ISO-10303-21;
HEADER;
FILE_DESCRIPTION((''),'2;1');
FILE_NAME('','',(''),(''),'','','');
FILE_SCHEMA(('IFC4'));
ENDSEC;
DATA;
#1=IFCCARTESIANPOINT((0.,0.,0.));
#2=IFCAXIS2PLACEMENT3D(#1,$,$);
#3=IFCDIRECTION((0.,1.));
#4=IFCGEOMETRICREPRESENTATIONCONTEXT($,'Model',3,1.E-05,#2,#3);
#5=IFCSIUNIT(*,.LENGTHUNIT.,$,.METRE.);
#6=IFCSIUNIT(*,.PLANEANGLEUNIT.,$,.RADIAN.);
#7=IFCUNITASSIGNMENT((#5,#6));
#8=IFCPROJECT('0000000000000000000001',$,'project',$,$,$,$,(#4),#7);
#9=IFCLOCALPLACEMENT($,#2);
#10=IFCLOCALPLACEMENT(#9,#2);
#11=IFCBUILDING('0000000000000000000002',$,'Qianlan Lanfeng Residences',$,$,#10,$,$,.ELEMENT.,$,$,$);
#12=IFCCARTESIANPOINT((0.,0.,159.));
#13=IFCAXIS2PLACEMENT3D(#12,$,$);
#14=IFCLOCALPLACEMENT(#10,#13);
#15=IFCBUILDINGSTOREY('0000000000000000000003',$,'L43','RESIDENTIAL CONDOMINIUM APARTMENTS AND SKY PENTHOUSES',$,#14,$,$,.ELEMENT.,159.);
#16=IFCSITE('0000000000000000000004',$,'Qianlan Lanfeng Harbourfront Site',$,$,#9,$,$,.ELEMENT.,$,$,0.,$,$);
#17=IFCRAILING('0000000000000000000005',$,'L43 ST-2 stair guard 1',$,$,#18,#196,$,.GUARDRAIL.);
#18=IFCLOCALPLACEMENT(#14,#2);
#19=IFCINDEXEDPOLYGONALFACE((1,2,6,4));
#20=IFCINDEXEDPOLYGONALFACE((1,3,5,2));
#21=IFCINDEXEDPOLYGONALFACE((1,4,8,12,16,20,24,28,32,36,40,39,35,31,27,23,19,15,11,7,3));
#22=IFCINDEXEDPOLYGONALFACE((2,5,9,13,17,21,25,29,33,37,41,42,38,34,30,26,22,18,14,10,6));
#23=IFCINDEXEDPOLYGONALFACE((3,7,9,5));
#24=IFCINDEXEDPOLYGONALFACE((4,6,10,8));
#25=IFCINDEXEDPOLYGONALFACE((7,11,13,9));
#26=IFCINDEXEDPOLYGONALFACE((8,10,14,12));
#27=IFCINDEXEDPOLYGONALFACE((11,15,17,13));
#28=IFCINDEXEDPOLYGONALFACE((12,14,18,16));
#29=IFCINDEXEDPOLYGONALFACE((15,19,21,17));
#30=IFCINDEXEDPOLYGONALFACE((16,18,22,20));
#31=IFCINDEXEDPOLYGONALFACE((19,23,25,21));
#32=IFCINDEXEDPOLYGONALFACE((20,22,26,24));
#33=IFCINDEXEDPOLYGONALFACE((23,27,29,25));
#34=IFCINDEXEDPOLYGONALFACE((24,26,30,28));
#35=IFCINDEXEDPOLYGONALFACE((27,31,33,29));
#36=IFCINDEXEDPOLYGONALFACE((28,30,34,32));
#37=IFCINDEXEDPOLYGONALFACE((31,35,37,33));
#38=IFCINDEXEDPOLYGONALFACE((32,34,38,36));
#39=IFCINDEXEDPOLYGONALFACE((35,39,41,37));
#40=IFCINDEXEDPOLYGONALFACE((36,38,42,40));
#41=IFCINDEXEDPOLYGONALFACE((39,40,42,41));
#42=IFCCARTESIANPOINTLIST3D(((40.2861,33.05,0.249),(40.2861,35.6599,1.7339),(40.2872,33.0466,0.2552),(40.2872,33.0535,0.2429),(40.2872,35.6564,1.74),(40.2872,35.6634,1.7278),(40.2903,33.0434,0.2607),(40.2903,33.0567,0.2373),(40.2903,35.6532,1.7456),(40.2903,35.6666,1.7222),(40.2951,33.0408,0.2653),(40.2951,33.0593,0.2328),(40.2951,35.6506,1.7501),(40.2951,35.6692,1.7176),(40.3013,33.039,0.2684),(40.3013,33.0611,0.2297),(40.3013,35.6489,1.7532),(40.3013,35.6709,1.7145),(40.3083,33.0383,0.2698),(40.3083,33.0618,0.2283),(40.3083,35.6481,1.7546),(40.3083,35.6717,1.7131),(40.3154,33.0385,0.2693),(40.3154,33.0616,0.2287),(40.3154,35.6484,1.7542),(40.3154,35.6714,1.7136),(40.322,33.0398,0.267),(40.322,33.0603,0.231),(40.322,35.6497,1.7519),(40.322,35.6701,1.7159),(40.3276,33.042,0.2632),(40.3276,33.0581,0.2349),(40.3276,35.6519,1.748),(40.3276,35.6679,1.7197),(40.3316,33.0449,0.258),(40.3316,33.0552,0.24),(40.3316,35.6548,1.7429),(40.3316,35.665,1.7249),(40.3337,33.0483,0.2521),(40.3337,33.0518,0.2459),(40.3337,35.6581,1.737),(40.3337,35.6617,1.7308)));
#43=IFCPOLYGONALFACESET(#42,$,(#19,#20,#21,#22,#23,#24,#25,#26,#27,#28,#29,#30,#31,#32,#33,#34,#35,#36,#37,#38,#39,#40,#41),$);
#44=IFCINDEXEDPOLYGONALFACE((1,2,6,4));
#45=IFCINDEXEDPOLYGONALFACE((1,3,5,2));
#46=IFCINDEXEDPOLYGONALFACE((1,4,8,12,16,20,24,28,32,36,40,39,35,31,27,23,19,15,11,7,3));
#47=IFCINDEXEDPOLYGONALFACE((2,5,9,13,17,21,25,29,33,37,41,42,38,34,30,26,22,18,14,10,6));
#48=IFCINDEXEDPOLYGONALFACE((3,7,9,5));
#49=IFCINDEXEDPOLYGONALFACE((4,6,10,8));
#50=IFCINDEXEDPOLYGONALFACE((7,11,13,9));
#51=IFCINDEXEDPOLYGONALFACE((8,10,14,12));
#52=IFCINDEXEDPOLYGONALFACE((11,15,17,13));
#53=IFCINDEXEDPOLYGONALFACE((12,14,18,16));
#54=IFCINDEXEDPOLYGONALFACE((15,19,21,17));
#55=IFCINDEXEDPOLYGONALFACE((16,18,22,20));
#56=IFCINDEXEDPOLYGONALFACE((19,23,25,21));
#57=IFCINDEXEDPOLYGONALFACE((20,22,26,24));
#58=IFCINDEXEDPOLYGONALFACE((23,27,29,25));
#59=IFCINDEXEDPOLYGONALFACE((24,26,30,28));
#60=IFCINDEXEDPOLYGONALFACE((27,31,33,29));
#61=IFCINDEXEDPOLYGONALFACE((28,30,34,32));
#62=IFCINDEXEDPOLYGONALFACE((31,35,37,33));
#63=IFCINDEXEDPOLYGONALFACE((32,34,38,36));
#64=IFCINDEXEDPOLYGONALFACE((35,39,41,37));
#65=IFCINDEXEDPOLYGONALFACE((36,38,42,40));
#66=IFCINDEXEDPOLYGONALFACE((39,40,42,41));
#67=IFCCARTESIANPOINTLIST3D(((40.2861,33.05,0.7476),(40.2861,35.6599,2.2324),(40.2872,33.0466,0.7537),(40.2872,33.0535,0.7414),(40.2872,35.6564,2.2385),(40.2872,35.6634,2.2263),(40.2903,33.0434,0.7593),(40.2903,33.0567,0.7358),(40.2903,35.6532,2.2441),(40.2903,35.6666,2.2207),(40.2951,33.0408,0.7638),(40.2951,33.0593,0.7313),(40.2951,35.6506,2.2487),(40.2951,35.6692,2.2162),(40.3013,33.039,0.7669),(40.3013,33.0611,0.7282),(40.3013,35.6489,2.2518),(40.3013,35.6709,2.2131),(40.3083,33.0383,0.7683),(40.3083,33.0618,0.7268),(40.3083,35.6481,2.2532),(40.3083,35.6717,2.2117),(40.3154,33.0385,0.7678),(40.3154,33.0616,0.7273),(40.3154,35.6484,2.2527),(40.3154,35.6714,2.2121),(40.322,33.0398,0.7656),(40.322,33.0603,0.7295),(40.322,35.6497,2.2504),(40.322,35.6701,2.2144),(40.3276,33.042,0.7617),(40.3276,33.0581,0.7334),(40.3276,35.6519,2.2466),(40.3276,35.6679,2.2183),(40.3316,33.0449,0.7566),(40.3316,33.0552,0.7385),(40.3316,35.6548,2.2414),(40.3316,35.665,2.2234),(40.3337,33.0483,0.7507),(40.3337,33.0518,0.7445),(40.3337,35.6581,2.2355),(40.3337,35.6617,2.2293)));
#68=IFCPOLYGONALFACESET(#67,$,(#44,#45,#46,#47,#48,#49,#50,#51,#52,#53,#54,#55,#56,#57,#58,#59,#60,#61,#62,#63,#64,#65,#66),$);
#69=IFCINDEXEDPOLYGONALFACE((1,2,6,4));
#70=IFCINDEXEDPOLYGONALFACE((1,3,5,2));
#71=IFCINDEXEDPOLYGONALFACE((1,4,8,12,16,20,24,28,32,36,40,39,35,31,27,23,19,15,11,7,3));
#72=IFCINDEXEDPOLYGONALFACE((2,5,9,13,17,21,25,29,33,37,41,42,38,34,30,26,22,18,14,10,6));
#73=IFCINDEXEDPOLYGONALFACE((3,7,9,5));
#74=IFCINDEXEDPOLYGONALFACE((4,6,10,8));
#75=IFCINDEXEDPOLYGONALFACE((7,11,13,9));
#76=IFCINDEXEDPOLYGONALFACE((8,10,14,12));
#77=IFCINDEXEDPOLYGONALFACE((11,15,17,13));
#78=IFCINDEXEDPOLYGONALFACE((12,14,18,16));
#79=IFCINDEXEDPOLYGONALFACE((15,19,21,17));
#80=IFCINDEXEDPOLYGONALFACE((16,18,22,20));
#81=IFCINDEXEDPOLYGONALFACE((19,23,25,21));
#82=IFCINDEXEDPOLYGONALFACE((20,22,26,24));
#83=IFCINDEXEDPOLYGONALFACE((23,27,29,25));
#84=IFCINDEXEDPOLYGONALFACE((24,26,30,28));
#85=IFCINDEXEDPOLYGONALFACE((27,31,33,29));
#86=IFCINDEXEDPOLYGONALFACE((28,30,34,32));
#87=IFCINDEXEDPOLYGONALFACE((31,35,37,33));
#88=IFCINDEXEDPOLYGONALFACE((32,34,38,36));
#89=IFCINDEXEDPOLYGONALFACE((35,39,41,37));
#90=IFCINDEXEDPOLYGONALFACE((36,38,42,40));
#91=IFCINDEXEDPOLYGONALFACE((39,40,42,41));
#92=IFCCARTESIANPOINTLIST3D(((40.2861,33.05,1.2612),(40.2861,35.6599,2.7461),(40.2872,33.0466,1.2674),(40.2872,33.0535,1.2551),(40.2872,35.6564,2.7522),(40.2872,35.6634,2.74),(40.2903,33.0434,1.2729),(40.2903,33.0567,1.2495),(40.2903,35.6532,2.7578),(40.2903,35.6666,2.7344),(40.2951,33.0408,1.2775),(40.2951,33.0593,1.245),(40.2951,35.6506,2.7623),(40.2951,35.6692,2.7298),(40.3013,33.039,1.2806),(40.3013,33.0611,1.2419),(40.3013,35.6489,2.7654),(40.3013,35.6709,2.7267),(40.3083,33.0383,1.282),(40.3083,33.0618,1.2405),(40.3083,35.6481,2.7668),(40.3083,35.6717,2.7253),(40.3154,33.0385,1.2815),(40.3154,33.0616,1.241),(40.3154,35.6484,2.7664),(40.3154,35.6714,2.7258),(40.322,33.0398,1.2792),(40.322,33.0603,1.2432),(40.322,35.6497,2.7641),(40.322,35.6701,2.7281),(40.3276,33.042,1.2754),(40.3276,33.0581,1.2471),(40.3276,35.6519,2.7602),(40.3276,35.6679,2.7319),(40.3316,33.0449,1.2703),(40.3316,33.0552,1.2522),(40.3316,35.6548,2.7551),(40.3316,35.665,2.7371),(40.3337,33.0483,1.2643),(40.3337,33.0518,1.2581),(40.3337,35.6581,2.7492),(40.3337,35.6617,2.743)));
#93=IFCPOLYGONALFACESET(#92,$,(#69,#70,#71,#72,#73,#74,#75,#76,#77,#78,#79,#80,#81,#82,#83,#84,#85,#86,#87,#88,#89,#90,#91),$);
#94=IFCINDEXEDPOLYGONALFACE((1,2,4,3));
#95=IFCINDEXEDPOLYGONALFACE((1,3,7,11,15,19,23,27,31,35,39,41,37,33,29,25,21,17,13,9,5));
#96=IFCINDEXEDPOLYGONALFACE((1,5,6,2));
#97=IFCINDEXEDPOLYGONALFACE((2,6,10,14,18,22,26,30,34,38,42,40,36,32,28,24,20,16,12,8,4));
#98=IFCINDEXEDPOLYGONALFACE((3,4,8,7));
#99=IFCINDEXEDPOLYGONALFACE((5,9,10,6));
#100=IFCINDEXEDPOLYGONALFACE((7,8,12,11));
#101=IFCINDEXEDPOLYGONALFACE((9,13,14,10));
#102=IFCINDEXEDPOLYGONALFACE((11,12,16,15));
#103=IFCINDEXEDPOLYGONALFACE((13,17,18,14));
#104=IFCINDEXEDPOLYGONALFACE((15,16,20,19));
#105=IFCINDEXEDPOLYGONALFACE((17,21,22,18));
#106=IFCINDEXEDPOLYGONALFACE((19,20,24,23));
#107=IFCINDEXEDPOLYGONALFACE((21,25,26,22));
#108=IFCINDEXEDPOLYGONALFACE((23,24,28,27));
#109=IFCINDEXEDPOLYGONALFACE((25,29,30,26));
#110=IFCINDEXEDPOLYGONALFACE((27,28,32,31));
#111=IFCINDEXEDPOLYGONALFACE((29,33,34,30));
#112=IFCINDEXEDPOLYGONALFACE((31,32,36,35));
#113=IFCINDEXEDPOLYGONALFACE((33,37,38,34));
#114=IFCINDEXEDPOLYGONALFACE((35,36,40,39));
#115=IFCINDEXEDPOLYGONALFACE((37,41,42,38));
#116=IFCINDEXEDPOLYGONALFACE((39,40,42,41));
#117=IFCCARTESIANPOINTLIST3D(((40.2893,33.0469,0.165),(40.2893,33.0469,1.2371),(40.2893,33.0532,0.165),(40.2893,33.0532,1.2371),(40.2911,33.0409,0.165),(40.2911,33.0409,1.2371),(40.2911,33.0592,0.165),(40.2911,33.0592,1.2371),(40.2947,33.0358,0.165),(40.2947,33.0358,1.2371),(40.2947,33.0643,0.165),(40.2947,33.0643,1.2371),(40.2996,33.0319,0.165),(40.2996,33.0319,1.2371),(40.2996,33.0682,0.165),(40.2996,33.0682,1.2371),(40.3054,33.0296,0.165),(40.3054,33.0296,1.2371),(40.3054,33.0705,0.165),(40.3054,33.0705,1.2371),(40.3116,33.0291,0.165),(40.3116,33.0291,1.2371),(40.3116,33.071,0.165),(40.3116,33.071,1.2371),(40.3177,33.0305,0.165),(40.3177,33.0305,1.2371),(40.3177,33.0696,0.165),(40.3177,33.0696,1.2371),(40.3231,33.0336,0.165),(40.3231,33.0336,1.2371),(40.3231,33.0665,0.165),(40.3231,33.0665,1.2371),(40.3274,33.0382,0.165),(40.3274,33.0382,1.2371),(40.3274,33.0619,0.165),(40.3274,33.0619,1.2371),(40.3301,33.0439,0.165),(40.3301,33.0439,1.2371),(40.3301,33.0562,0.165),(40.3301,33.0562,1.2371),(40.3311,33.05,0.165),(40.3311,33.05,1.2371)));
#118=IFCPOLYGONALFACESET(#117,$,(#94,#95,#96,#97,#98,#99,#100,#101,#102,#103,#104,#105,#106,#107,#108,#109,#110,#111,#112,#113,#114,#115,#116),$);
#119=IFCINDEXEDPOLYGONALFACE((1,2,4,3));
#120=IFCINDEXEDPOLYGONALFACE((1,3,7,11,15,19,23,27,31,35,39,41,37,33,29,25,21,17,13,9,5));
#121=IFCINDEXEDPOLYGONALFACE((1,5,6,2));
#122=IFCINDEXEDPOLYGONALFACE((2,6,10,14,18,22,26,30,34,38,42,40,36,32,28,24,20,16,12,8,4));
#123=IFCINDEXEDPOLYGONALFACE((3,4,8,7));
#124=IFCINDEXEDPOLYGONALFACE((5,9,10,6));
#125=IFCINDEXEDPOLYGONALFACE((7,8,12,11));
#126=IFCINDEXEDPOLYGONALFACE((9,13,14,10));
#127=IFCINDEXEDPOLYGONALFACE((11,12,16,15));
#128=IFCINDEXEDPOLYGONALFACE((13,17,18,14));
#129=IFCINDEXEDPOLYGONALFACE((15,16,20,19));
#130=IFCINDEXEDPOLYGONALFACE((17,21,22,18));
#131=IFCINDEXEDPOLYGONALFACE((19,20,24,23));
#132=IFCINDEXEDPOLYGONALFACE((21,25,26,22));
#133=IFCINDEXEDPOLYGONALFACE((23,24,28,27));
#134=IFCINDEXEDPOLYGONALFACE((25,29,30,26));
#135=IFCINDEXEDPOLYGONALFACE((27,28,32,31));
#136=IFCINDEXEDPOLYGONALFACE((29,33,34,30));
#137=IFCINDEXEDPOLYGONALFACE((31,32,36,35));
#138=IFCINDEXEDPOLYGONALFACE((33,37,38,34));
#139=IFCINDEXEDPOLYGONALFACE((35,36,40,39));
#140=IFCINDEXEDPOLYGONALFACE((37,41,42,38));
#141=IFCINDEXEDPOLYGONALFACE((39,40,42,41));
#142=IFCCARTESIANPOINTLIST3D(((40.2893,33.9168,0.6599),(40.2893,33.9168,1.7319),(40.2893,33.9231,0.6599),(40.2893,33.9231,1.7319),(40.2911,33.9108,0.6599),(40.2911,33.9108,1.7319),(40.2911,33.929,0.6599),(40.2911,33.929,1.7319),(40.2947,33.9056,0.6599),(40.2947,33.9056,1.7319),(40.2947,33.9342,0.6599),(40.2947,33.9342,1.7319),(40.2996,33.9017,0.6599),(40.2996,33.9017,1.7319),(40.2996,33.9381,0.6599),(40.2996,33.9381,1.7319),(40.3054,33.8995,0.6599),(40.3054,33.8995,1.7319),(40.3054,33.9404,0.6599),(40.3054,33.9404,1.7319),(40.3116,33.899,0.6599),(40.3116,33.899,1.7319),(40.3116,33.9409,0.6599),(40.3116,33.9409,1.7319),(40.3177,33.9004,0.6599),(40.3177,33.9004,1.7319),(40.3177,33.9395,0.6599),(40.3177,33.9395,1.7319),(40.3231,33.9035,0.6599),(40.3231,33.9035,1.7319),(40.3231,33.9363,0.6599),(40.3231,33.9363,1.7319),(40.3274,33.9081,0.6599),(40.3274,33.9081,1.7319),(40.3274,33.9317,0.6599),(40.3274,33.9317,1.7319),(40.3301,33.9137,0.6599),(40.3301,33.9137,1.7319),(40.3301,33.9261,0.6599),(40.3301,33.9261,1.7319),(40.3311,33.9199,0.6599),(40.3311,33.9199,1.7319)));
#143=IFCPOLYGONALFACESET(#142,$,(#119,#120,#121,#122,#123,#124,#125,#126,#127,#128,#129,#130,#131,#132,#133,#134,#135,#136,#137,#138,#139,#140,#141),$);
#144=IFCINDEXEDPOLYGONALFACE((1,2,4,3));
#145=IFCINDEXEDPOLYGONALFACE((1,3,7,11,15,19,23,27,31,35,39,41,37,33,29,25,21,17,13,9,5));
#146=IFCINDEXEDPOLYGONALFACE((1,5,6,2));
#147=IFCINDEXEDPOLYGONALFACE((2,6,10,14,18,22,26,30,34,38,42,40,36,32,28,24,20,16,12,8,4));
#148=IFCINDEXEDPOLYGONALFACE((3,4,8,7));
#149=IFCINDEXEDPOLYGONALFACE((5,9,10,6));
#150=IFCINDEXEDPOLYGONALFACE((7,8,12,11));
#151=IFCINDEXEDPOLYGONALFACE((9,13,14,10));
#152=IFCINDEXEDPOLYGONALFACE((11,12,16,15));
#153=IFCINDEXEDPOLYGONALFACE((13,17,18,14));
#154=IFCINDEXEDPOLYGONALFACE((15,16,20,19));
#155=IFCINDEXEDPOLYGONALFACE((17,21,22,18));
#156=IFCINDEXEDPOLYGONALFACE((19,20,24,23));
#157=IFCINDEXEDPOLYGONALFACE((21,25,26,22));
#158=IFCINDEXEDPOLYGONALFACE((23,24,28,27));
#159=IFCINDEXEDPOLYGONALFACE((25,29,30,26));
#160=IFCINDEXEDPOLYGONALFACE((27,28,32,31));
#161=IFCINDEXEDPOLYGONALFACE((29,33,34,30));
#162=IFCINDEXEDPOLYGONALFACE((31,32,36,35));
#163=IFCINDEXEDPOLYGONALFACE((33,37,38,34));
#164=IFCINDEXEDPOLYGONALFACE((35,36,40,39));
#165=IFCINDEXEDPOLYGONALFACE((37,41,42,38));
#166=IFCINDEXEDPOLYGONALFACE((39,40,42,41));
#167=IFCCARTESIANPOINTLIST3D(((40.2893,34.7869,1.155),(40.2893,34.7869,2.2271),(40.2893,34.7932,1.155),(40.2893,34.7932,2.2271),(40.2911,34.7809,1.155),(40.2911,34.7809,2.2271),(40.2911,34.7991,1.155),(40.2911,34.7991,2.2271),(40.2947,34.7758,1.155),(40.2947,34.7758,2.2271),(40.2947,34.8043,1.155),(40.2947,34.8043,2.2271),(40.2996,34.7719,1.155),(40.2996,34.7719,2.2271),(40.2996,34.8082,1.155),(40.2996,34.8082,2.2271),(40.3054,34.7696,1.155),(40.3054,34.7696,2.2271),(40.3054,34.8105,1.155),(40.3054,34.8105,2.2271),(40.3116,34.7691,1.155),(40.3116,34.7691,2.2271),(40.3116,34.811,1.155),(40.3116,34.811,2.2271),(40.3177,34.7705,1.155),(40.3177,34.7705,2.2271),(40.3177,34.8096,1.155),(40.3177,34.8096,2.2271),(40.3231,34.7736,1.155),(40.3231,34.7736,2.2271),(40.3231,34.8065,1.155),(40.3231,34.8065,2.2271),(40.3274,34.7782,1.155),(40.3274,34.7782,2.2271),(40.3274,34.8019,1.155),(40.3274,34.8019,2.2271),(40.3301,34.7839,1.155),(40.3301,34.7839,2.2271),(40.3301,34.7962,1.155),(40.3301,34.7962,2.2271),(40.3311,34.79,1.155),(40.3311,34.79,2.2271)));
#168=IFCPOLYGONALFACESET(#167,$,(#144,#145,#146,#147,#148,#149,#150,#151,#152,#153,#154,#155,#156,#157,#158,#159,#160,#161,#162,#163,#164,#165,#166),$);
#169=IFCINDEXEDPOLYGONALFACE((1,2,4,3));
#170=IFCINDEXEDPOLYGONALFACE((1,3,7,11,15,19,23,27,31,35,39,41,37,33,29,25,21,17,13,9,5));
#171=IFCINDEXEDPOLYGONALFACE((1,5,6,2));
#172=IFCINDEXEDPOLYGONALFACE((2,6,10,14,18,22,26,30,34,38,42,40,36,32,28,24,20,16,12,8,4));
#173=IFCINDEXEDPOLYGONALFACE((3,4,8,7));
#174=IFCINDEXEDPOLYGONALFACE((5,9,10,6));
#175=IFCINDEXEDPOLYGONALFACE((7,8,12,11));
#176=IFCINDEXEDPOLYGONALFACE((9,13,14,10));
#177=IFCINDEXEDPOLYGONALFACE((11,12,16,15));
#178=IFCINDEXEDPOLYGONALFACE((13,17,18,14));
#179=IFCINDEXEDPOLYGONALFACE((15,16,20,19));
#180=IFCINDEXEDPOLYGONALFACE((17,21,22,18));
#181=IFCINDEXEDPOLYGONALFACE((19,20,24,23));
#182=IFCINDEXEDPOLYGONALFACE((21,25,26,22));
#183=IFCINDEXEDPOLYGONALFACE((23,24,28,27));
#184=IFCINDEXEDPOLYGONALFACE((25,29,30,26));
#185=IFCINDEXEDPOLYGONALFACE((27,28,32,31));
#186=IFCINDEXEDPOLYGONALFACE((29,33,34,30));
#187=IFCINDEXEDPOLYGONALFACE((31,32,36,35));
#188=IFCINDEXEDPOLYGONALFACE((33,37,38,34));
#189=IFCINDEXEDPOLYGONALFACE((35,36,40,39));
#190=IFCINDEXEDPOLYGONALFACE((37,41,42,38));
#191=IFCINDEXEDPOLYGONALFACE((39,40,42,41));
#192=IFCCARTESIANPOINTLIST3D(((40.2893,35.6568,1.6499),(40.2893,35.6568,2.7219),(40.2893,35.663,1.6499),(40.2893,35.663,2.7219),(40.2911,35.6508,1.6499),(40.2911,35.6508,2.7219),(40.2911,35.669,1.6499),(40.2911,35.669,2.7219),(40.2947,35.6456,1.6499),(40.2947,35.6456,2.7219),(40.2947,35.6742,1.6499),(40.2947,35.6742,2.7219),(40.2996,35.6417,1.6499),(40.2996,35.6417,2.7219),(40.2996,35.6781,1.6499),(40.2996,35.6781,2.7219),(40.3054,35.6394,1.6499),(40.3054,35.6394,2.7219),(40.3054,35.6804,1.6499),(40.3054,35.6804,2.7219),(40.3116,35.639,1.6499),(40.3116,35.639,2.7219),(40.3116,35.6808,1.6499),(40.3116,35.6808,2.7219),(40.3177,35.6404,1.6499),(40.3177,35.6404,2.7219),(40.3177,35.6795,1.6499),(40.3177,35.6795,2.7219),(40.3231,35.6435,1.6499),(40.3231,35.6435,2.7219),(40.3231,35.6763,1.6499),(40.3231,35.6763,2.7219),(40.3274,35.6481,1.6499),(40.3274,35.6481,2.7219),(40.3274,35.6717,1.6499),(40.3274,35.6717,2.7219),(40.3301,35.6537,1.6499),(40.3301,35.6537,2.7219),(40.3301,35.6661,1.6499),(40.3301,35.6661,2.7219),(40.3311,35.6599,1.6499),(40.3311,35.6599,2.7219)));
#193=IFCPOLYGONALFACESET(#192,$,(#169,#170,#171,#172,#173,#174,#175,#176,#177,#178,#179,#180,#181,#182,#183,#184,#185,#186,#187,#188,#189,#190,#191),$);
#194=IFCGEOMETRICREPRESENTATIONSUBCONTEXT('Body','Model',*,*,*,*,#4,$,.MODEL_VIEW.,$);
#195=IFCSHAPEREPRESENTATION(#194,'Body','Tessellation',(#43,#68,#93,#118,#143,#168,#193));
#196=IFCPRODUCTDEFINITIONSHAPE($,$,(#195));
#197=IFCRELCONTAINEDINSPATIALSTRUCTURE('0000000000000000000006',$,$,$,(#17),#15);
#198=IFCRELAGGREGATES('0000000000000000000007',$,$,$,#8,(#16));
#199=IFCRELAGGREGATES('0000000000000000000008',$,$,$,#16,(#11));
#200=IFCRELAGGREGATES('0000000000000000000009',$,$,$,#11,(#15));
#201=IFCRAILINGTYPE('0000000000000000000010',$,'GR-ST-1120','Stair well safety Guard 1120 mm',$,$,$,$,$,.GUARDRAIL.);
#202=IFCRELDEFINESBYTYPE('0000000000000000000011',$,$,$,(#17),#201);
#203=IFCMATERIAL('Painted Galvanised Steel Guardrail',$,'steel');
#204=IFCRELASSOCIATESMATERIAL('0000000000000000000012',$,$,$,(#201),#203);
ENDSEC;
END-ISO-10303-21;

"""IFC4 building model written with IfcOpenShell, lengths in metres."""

from ifc_helpers import new_model, si_unit, direction, frame, origin, origin_2d, place, context, subcontext, project, spatial, circle, extrude, material, type_object, element, save


model = new_model("IFC4")

# Units and contexts
model_context = context("Model", 3, precision=1e-05, world=origin(), true_north=direction((0.0, 1.0)))
body_context = subcontext(model_context, "Body", "Model", "MODEL_VIEW")
ifc_project = project(units=[si_unit("LENGTHUNIT", "METRE"), si_unit("PLANEANGLEUNIT", "RADIAN")], contexts=[model_context])

# Site, building, storey
site_placement = place(None, origin())
site = spatial("IfcSite", under=ifc_project, at=site_placement, Name="Qianlan Lanfeng Harbourfront Site", CompositionType="ELEMENT", RefElevation=0.0)
building_placement = place(site_placement, origin())
building = spatial("IfcBuilding", under=site, at=building_placement, Name="Qianlan Lanfeng Residences", CompositionType="ELEMENT")
storey_placement = place(building_placement, frame((0.0, 0.0, 159.0)))
storey = spatial("IfcBuildingStorey", under=building, at=storey_placement, Name="L43", Description="RESIDENTIAL CONDOMINIUM APARTMENTS AND SKY PENTHOUSES", CompositionType="ELEMENT", Elevation=159.0)

# Railing
ifc_material_1 = material(Name="Painted Galvanised Steel Guardrail", Category="steel")
railing_type_1 = type_object("IfcRailingType", Name="GR-ST-1120", Description="Stair well safety Guard 1120 mm", PredefinedType="GUARDRAIL", material=ifc_material_1)
railing_1_placement = place(storey_placement, frame((40.3101, 33.05, 0.165)))
element("IfcRailing", 1, at=railing_1_placement, inside=storey, type_object=railing_type_1, Name="L43 ST-2 stair guard 1", PredefinedType="GUARDRAIL", context=body_context, shape_type="SweptSolid", body=[
    extrude(circle(Radius=0.0239, at=origin_2d()), frame((0.0, 0.0, 0.084), z_axis=(0.0, 0.869172, 0.494509), x_axis=(-1.0, 0.0, 0.0)), (0.0, 0.0, 1.0), 3.0027),
    extrude(circle(Radius=0.0239, at=origin_2d()), frame((0.0, 0.0, 0.5825), z_axis=(0.0, 0.869172, 0.494509), x_axis=(-1.0, 0.0, 0.0)), (0.0, 0.0, 1.0), 3.0027),
    extrude(circle(Radius=0.0239, at=origin_2d()), frame((0.0, 0.0, 1.0962), z_axis=(0.0, 0.869172, 0.494509), x_axis=(-1.0, 0.0, 0.0)), (0.0, 0.0, 1.0), 3.0027),
    extrude(circle(Radius=0.021, at=origin_2d()), origin(), (0.0, 0.0, 1.0), 1.072),
    extrude(circle(Radius=0.021, at=origin_2d()), frame((0.0, 0.8699, 0.4949)), (0.0, 0.0, 1.0), 1.072),
    extrude(circle(Radius=0.021, at=origin_2d()), frame((0.0, 1.74, 0.99)), (0.0, 0.0, 1.0), 1.072),
    extrude(circle(Radius=0.021, at=origin_2d()), frame((0.0, 2.6099, 1.4849)), (0.0, 0.0, 1.0), 1.072),
])

save(model, "model.ifc")
